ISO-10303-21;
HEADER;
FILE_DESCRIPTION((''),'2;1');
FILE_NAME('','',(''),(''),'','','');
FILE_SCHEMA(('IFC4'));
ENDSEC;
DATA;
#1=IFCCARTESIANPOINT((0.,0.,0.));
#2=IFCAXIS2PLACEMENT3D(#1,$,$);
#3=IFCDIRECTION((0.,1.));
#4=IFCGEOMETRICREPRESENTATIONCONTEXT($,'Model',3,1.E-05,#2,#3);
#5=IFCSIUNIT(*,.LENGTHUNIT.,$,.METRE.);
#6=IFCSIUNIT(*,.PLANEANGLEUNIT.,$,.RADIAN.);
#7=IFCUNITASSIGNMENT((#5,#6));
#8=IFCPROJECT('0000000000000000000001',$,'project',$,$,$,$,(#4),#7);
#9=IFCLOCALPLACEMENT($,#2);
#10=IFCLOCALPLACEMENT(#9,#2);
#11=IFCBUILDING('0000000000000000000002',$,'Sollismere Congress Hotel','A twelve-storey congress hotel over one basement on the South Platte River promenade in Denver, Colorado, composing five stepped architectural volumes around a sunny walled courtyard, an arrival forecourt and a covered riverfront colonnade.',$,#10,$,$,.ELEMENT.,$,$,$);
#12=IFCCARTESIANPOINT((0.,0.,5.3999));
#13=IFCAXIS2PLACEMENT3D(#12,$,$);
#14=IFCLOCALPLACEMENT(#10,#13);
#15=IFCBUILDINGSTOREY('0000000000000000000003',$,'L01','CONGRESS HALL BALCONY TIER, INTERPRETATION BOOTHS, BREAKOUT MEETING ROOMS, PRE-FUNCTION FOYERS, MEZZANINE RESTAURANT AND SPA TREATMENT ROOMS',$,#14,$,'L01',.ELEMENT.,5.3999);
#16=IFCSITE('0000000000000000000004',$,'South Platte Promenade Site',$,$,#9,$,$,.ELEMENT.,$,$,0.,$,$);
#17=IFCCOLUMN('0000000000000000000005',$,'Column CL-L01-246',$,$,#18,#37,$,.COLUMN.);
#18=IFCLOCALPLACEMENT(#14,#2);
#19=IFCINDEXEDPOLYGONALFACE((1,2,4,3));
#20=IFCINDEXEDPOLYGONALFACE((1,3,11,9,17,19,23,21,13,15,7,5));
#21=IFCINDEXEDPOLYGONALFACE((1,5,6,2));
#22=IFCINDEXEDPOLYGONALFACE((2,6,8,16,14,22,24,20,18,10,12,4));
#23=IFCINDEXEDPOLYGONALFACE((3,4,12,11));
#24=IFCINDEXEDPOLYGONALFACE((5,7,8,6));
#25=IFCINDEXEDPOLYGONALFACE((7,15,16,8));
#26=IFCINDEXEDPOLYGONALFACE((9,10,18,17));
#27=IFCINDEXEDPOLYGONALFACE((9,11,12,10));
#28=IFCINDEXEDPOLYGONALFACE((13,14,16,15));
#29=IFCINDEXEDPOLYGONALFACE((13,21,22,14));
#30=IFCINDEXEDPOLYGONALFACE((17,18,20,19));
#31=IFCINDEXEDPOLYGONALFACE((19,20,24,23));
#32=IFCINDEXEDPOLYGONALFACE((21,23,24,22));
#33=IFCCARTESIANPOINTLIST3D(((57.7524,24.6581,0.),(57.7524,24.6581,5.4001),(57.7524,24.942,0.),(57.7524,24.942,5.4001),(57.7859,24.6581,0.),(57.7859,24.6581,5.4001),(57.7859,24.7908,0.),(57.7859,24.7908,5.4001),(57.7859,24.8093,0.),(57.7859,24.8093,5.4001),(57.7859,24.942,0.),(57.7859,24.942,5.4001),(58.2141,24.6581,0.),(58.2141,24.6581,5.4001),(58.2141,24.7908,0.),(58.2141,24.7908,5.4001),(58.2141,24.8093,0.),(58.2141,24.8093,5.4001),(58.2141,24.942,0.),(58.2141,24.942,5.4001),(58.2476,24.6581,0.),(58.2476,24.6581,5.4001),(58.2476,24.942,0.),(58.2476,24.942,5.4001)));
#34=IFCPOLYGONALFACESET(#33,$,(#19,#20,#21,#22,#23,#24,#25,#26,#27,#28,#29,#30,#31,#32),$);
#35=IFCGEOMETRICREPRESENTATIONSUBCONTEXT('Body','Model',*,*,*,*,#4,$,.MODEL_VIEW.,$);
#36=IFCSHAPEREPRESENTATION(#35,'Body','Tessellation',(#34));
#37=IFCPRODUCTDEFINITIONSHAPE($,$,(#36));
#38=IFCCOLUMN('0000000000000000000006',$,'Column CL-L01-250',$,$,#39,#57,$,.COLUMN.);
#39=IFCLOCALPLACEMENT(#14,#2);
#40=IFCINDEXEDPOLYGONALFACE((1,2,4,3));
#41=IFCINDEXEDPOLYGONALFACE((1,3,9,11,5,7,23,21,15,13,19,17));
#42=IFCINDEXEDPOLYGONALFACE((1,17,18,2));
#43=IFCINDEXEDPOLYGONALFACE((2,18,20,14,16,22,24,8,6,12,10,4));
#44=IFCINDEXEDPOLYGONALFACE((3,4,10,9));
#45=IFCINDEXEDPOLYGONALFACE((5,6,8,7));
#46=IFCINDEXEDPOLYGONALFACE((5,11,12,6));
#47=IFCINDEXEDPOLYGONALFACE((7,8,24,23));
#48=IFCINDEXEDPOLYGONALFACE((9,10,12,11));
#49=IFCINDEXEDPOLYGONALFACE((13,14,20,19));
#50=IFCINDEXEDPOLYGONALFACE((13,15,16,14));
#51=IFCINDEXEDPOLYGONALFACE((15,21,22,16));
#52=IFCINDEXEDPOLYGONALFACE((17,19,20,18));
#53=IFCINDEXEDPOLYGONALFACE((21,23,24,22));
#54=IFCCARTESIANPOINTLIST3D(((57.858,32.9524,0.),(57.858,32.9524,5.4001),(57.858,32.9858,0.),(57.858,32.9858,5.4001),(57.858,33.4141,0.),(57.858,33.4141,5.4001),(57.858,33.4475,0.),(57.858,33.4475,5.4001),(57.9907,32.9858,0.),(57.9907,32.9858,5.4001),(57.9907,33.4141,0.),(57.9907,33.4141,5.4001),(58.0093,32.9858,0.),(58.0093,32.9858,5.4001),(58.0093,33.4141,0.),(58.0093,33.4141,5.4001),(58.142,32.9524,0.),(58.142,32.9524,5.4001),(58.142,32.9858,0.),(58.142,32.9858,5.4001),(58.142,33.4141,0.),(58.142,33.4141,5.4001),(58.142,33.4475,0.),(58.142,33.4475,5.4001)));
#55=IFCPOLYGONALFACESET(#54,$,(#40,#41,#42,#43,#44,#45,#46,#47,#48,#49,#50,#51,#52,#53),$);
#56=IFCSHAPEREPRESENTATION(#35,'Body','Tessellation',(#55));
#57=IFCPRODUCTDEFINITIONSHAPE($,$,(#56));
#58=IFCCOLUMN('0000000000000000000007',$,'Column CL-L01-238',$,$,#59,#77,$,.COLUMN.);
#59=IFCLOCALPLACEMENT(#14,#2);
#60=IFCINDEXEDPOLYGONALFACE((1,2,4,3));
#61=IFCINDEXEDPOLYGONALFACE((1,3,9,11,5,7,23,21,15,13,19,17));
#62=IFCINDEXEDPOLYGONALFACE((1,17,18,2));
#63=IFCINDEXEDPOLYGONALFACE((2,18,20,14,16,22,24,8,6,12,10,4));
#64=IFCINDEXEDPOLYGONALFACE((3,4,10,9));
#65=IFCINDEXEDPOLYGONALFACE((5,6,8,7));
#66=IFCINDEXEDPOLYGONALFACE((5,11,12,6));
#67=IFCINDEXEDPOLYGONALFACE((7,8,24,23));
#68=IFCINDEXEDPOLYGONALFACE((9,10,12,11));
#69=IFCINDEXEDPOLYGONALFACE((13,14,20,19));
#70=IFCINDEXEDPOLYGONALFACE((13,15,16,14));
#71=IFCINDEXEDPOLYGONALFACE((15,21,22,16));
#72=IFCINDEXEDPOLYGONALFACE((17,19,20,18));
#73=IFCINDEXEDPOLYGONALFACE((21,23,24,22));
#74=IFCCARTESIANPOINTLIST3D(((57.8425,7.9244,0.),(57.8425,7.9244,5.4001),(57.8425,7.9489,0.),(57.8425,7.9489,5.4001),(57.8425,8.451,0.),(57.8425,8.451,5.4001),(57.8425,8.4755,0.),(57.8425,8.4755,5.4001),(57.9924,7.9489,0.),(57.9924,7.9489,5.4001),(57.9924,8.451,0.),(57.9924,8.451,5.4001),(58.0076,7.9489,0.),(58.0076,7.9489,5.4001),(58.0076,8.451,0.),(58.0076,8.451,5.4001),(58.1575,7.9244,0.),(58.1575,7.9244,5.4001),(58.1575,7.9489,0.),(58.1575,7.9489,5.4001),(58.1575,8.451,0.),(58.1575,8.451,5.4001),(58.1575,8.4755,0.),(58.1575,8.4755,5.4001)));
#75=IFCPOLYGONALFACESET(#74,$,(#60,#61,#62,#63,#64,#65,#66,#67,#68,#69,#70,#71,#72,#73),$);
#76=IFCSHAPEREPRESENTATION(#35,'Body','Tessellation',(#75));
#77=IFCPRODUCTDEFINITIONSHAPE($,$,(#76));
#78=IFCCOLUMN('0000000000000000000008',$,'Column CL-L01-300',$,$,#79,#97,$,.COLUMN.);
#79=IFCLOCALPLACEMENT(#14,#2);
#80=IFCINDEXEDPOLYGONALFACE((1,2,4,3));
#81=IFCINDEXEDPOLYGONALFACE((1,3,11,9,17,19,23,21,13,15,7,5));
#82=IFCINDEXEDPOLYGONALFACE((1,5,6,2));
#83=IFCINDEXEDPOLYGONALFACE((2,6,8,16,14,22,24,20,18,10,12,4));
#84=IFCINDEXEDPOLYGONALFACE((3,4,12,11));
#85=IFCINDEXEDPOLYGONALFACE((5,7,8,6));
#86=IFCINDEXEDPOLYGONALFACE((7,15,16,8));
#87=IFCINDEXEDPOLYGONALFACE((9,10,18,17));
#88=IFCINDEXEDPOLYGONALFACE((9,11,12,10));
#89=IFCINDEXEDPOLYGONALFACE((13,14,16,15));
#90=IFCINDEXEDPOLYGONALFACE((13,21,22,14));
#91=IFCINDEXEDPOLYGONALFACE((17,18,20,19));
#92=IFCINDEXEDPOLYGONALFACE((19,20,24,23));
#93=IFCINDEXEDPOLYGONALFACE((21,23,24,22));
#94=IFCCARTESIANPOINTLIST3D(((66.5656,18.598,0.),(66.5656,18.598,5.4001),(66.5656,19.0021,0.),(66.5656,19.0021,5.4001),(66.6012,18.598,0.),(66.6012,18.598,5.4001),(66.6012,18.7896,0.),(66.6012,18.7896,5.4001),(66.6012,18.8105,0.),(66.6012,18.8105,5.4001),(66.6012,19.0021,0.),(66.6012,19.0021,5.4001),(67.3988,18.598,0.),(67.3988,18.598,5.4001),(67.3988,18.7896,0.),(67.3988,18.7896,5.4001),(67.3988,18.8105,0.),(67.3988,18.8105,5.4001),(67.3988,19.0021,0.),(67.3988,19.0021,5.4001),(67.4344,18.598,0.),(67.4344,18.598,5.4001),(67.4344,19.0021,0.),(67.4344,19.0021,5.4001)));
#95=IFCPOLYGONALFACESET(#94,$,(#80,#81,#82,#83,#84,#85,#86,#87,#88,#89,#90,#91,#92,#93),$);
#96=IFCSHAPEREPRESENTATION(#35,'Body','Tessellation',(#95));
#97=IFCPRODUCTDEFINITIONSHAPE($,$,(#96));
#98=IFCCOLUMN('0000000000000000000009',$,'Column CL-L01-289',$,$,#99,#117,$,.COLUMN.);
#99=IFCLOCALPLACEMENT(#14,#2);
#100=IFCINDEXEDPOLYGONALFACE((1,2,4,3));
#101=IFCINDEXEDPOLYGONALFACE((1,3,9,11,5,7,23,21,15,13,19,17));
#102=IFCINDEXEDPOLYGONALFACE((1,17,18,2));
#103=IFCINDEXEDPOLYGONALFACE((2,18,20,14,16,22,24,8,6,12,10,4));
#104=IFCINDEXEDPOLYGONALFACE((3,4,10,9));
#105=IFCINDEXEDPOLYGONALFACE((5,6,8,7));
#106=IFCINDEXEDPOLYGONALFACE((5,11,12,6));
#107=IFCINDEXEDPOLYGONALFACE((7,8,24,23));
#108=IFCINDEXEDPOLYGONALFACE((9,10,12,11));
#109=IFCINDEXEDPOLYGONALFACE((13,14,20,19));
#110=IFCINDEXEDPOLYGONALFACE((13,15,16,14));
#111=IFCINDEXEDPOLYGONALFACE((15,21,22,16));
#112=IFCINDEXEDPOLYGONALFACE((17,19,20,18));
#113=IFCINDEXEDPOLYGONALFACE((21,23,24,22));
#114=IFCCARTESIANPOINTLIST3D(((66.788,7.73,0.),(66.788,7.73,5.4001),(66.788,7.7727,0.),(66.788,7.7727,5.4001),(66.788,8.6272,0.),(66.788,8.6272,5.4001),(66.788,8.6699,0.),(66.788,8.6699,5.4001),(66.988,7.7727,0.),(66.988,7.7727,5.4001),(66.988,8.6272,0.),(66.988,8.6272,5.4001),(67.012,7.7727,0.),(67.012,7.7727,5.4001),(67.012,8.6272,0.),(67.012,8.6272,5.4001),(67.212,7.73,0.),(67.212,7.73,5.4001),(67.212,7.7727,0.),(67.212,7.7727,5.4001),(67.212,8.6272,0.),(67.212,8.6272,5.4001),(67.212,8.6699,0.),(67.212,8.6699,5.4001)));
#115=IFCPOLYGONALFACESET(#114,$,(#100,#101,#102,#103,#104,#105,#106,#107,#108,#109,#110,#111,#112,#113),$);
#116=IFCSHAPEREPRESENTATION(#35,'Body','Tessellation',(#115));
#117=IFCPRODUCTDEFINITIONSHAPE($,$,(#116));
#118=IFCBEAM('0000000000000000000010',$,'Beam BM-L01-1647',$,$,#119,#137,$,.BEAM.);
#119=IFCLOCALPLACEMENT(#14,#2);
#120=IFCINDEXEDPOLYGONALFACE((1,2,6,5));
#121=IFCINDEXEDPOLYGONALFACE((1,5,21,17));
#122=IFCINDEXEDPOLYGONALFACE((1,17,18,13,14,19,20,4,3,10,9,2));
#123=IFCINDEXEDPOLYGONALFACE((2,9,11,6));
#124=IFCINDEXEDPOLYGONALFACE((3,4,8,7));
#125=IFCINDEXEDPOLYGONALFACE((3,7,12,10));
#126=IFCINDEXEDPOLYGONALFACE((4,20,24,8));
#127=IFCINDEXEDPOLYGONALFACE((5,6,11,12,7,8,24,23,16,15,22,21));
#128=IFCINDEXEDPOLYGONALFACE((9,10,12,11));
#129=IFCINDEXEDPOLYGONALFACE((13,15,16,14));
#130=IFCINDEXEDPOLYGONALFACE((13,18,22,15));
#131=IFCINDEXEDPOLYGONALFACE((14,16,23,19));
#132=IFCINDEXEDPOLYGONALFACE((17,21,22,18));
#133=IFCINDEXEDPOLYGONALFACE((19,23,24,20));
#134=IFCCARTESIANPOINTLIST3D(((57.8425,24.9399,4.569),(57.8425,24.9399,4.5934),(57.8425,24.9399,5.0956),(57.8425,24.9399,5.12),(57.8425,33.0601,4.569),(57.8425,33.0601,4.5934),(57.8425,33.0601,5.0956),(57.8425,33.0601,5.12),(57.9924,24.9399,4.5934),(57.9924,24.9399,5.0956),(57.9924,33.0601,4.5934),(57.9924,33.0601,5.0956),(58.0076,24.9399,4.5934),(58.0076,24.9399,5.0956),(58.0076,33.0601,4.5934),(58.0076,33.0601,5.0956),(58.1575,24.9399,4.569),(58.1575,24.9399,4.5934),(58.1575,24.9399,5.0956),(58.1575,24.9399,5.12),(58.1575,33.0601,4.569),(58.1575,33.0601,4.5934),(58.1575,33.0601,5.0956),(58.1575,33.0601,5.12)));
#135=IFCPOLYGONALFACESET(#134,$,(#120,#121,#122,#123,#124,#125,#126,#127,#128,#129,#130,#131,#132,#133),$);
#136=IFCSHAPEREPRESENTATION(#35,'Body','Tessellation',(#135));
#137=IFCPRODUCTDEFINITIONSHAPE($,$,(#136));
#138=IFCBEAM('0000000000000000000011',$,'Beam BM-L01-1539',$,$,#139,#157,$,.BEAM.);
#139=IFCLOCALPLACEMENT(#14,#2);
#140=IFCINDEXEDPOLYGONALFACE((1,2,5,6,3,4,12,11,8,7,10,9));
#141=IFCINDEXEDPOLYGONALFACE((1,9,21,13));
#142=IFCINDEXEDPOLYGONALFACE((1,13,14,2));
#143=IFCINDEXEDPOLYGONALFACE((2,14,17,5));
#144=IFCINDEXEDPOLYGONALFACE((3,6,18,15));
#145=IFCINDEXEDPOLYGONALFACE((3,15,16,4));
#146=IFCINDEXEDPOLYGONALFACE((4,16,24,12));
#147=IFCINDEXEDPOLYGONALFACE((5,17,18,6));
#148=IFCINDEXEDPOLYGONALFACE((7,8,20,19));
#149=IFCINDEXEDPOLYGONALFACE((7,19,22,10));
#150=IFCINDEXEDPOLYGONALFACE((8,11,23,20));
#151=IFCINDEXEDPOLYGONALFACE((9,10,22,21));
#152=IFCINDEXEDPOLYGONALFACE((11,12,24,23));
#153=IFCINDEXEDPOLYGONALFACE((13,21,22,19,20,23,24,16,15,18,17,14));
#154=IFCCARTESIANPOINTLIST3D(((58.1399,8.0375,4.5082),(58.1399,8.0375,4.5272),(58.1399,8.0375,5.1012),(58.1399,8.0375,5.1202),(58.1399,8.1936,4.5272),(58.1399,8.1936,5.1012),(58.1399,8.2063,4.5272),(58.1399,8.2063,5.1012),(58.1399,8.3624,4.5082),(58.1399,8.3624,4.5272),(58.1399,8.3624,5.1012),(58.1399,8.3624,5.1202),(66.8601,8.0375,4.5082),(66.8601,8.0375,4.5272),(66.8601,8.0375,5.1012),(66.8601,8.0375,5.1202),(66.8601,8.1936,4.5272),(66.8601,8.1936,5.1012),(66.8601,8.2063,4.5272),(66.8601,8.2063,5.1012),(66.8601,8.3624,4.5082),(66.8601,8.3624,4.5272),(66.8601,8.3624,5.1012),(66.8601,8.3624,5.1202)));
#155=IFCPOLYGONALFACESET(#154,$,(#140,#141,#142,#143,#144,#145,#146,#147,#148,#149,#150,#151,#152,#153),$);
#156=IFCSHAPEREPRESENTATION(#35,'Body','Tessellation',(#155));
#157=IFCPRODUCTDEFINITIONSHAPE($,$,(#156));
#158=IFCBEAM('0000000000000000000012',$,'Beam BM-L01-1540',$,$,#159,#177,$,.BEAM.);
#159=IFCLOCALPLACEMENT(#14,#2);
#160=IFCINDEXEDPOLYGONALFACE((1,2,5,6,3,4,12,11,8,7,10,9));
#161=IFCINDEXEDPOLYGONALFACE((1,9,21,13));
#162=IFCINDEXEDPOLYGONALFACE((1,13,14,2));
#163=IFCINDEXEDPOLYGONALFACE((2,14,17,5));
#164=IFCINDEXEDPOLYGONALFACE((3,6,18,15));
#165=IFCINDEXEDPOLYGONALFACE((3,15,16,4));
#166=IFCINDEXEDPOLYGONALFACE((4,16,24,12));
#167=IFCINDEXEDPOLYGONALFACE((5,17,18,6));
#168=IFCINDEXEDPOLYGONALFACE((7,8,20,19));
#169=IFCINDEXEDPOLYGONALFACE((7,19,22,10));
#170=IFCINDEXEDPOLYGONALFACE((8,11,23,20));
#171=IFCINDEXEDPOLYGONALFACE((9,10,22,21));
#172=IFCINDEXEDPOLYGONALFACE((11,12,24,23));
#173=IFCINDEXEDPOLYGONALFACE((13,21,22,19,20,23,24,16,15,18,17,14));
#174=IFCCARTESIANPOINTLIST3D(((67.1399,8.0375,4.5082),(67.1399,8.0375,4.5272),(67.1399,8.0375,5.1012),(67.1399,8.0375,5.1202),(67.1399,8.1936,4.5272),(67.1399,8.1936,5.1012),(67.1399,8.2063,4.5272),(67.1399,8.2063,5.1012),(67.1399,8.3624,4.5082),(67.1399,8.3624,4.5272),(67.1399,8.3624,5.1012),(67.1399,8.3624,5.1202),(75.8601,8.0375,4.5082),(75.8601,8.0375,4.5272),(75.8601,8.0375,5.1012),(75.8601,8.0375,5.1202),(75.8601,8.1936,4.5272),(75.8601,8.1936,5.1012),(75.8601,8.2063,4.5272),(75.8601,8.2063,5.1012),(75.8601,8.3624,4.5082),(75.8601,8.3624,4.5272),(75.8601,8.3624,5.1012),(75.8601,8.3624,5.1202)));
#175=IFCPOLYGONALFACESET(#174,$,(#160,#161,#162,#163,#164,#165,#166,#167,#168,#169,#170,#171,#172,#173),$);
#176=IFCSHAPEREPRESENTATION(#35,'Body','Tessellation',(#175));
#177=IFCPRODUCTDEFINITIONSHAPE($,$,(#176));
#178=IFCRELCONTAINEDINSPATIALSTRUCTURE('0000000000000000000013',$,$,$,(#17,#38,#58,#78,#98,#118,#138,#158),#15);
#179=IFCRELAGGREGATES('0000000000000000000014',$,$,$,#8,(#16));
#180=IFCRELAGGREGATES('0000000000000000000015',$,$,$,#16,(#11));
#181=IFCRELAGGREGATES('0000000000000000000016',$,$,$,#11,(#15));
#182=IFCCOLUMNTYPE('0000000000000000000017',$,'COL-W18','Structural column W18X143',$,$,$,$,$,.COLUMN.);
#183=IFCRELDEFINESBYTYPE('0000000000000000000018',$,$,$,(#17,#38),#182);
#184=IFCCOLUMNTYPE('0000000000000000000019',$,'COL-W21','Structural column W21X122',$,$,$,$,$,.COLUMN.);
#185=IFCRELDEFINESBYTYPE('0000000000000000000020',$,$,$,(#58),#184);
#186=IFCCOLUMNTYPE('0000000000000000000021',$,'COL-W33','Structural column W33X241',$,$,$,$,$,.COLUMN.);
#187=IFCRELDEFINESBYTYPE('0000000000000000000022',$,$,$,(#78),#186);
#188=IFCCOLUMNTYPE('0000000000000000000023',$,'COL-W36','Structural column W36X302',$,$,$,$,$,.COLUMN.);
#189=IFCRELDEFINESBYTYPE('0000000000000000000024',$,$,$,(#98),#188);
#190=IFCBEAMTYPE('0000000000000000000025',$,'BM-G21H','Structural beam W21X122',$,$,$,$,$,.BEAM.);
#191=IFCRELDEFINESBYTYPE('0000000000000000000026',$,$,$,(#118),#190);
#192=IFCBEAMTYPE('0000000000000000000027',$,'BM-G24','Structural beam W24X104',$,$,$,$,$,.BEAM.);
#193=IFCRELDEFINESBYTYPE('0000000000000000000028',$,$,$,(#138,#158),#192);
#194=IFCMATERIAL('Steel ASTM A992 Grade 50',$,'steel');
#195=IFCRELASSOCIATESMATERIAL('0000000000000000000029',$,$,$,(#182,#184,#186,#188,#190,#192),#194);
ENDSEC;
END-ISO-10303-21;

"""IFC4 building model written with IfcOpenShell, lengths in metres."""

from ifc_helpers import new_model, si_unit, direction, frame, origin, origin_2d, place, context, subcontext, project, spatial, i_section, extrude, material, material_profile, profile_set, type_object, element, save


model = new_model("IFC4")

# Units and contexts
model_context = context("Model", 3, precision=1e-05, world=origin(), true_north=direction((0.0, 1.0)))
body_context = subcontext(model_context, "Body", "Model", "MODEL_VIEW")
ifc_project = project(units=[si_unit("LENGTHUNIT", "METRE"), si_unit("PLANEANGLEUNIT", "RADIAN")], contexts=[model_context])

# Site, building, storey
site_placement = place(None, origin())
site = spatial("IfcSite", under=ifc_project, at=site_placement, Name="South Platte Promenade Site", CompositionType="ELEMENT", RefElevation=0.0)
building_placement = place(site_placement, origin())
building = spatial("IfcBuilding", under=site, at=building_placement, Name="Sollismere Congress Hotel", Description="A twelve-storey congress hotel over one basement on the South Platte River promenade in Denver, Colorado, composing five stepped architectural volumes around a sunny walled courtyard, an arrival forecourt and a covered riverfront colonnade.", CompositionType="ELEMENT")
storey_placement = place(building_placement, frame((0.0, 0.0, 5.3999)))
storey = spatial("IfcBuildingStorey", under=building, at=storey_placement, Name="L01", Description="CONGRESS HALL BALCONY TIER, INTERPRETATION BOOTHS, BREAKOUT MEETING ROOMS, PRE-FUNCTION FOYERS, MEZZANINE RESTAURANT AND SPA TREATMENT ROOMS", LongName="L01", CompositionType="ELEMENT", Elevation=5.3999)

# Columns
ifc_material_1 = material(Name="Steel ASTM A992 Grade 50", Category="steel")
ifc_material_profile_1 = material_profile(ifc_material_1, i_section(OverallWidth=0.2839, OverallDepth=0.4951, WebThickness=0.0186, FlangeThickness=0.0334, at=origin_2d()), Name="W18X143")
ifc_profile_set_1 = profile_set([ifc_material_profile_1], Name="Steel ASTM A992 Grade 50")
column_type_1 = type_object("IfcColumnType", Name="COL-W18", Description="Structural column W18X143", PredefinedType="COLUMN", material=ifc_profile_set_1)
for number, where, z_axis, x_axis, name in (
    (1, (58.0, 24.8, 0.0), (0.0, 0.0, 1.0), (0.0, 1.0, 0.0), "Column CL-L01-246"),
    (2, (58.0, 33.2, 0.0), (0.0, 0.0, 1.0), (1.0, 0.0, 0.0), "Column CL-L01-250"),
):
    element("IfcColumn", number, at=place(storey_placement, frame(where, z_axis=z_axis, x_axis=x_axis)), inside=storey, type_object=column_type_1, Name=name, PredefinedType="COLUMN", context=body_context, shape_type="SweptSolid", body=[
        extrude(i_section(OverallWidth=0.2839, OverallDepth=0.4951, WebThickness=0.0186, FlangeThickness=0.0334, at=origin_2d()), origin(), (0.0, 0.0, 1.0), 5.4001),
    ])
ifc_material_profile_2 = material_profile(ifc_material_1, i_section(OverallWidth=0.3149, OverallDepth=0.551, WebThickness=0.0151, FlangeThickness=0.0244, at=origin_2d()), Name="W21X122")
ifc_profile_set_2 = profile_set([ifc_material_profile_2], Name="Steel ASTM A992 Grade 50")
column_type_2 = type_object("IfcColumnType", Name="COL-W21", Description="Structural column W21X122", PredefinedType="COLUMN", material=ifc_profile_set_2)
column_1_placement = place(storey_placement, frame((58.0, 8.2, 0.0), z_axis=(0.0, 0.0, 1.0), x_axis=(1.0, 0.0, 0.0)))
element("IfcColumn", 3, at=column_1_placement, inside=storey, type_object=column_type_2, Name="Column CL-L01-238", PredefinedType="COLUMN", context=body_context, shape_type="SweptSolid", body=[
    extrude(i_section(OverallWidth=0.3149, OverallDepth=0.551, WebThickness=0.0151, FlangeThickness=0.0244, at=origin_2d()), origin(), (0.0, 0.0, 1.0), 5.4001),
])
ifc_material_profile_3 = material_profile(ifc_material_1, i_section(OverallWidth=0.4041, OverallDepth=0.8689, WebThickness=0.021, FlangeThickness=0.0356, at=origin_2d()), Name="W33X241")
ifc_profile_set_3 = profile_set([ifc_material_profile_3], Name="Steel ASTM A992 Grade 50")
column_type_3 = type_object("IfcColumnType", Name="COL-W33", Description="Structural column W33X241", PredefinedType="COLUMN", material=ifc_profile_set_3)
column_2_placement = place(storey_placement, frame((67.0, 18.8, 0.0), z_axis=(0.0, 0.0, 1.0), x_axis=(0.0, 1.0, 0.0)))
element("IfcColumn", 4, at=column_2_placement, inside=storey, type_object=column_type_3, Name="Column CL-L01-300", PredefinedType="COLUMN", context=body_context, shape_type="SweptSolid", body=[
    extrude(i_section(OverallWidth=0.4041, OverallDepth=0.8689, WebThickness=0.021, FlangeThickness=0.0356, at=origin_2d()), origin(), (0.0, 0.0, 1.0), 5.4001),
])
ifc_material_profile_4 = material_profile(ifc_material_1, i_section(OverallWidth=0.4241, OverallDepth=0.9399, WebThickness=0.0239, FlangeThickness=0.0427, at=origin_2d()), Name="W36X302")
ifc_profile_set_4 = profile_set([ifc_material_profile_4], Name="Steel ASTM A992 Grade 50")
column_type_4 = type_object("IfcColumnType", Name="COL-W36", Description="Structural column W36X302", PredefinedType="COLUMN", material=ifc_profile_set_4)
column_3_placement = place(storey_placement, frame((67.0, 8.2, 0.0), z_axis=(0.0, 0.0, 1.0), x_axis=(1.0, 0.0, 0.0)))
element("IfcColumn", 5, at=column_3_placement, inside=storey, type_object=column_type_4, Name="Column CL-L01-289", PredefinedType="COLUMN", context=body_context, shape_type="SweptSolid", body=[
    extrude(i_section(OverallWidth=0.4241, OverallDepth=0.9399, WebThickness=0.0239, FlangeThickness=0.0427, at=origin_2d()), origin(), (0.0, 0.0, 1.0), 5.4001),
])

# Beams
ifc_material_profile_5 = material_profile(ifc_material_1, i_section(OverallWidth=0.3149, OverallDepth=0.551, WebThickness=0.0151, FlangeThickness=0.0244, at=origin_2d()), Name="W21X122")
ifc_profile_set_5 = profile_set([ifc_material_profile_5], Name="Steel ASTM A992 Grade 50")
beam_type_1 = type_object("IfcBeamType", Name="BM-G21H", Description="Structural beam W21X122", PredefinedType="BEAM", material=ifc_profile_set_5)
beam_1_placement = place(storey_placement, frame((58.0, 24.9399, 4.8445), z_axis=(0.0, 1.0, 0.0), x_axis=(-1.0, 0.0, 0.0)))
element("IfcBeam", 6, at=beam_1_placement, inside=storey, type_object=beam_type_1, Name="Beam BM-L01-1647", PredefinedType="BEAM", context=body_context, shape_type="SweptSolid", body=[
    extrude(i_section(OverallWidth=0.3149, OverallDepth=0.551, WebThickness=0.0151, FlangeThickness=0.0244, at=origin_2d()), origin(), (0.0, 0.0, 1.0), 8.1201),
])
ifc_material_profile_6 = material_profile(ifc_material_1, i_section(OverallWidth=0.325, OverallDepth=0.6121, WebThickness=0.0127, FlangeThickness=0.019, at=origin_2d()), Name="W24X104")
ifc_profile_set_6 = profile_set([ifc_material_profile_6], Name="Steel ASTM A992 Grade 50")
beam_type_2 = type_object("IfcBeamType", Name="BM-G24", Description="Structural beam W24X104", PredefinedType="BEAM", material=ifc_profile_set_6)
for number, where, z_axis, x_axis, name in (
    (7, (58.1399, 8.2, 4.8142), (1.0, 0.0, 0.0), (0.0, 1.0, 0.0), "Beam BM-L01-1539"),
    (8, (67.1399, 8.2, 4.8142), (1.0, 0.0, 0.0), (0.0, 1.0, 0.0), "Beam BM-L01-1540"),
):
    element("IfcBeam", number, at=place(storey_placement, frame(where, z_axis=z_axis, x_axis=x_axis)), inside=storey, type_object=beam_type_2, Name=name, PredefinedType="BEAM", context=body_context, shape_type="SweptSolid", body=[
        extrude(i_section(OverallWidth=0.325, OverallDepth=0.6121, WebThickness=0.0127, FlangeThickness=0.019, at=origin_2d()), origin(), (0.0, 0.0, 1.0), 8.7202),
    ])

save(model, "model.ifc")
